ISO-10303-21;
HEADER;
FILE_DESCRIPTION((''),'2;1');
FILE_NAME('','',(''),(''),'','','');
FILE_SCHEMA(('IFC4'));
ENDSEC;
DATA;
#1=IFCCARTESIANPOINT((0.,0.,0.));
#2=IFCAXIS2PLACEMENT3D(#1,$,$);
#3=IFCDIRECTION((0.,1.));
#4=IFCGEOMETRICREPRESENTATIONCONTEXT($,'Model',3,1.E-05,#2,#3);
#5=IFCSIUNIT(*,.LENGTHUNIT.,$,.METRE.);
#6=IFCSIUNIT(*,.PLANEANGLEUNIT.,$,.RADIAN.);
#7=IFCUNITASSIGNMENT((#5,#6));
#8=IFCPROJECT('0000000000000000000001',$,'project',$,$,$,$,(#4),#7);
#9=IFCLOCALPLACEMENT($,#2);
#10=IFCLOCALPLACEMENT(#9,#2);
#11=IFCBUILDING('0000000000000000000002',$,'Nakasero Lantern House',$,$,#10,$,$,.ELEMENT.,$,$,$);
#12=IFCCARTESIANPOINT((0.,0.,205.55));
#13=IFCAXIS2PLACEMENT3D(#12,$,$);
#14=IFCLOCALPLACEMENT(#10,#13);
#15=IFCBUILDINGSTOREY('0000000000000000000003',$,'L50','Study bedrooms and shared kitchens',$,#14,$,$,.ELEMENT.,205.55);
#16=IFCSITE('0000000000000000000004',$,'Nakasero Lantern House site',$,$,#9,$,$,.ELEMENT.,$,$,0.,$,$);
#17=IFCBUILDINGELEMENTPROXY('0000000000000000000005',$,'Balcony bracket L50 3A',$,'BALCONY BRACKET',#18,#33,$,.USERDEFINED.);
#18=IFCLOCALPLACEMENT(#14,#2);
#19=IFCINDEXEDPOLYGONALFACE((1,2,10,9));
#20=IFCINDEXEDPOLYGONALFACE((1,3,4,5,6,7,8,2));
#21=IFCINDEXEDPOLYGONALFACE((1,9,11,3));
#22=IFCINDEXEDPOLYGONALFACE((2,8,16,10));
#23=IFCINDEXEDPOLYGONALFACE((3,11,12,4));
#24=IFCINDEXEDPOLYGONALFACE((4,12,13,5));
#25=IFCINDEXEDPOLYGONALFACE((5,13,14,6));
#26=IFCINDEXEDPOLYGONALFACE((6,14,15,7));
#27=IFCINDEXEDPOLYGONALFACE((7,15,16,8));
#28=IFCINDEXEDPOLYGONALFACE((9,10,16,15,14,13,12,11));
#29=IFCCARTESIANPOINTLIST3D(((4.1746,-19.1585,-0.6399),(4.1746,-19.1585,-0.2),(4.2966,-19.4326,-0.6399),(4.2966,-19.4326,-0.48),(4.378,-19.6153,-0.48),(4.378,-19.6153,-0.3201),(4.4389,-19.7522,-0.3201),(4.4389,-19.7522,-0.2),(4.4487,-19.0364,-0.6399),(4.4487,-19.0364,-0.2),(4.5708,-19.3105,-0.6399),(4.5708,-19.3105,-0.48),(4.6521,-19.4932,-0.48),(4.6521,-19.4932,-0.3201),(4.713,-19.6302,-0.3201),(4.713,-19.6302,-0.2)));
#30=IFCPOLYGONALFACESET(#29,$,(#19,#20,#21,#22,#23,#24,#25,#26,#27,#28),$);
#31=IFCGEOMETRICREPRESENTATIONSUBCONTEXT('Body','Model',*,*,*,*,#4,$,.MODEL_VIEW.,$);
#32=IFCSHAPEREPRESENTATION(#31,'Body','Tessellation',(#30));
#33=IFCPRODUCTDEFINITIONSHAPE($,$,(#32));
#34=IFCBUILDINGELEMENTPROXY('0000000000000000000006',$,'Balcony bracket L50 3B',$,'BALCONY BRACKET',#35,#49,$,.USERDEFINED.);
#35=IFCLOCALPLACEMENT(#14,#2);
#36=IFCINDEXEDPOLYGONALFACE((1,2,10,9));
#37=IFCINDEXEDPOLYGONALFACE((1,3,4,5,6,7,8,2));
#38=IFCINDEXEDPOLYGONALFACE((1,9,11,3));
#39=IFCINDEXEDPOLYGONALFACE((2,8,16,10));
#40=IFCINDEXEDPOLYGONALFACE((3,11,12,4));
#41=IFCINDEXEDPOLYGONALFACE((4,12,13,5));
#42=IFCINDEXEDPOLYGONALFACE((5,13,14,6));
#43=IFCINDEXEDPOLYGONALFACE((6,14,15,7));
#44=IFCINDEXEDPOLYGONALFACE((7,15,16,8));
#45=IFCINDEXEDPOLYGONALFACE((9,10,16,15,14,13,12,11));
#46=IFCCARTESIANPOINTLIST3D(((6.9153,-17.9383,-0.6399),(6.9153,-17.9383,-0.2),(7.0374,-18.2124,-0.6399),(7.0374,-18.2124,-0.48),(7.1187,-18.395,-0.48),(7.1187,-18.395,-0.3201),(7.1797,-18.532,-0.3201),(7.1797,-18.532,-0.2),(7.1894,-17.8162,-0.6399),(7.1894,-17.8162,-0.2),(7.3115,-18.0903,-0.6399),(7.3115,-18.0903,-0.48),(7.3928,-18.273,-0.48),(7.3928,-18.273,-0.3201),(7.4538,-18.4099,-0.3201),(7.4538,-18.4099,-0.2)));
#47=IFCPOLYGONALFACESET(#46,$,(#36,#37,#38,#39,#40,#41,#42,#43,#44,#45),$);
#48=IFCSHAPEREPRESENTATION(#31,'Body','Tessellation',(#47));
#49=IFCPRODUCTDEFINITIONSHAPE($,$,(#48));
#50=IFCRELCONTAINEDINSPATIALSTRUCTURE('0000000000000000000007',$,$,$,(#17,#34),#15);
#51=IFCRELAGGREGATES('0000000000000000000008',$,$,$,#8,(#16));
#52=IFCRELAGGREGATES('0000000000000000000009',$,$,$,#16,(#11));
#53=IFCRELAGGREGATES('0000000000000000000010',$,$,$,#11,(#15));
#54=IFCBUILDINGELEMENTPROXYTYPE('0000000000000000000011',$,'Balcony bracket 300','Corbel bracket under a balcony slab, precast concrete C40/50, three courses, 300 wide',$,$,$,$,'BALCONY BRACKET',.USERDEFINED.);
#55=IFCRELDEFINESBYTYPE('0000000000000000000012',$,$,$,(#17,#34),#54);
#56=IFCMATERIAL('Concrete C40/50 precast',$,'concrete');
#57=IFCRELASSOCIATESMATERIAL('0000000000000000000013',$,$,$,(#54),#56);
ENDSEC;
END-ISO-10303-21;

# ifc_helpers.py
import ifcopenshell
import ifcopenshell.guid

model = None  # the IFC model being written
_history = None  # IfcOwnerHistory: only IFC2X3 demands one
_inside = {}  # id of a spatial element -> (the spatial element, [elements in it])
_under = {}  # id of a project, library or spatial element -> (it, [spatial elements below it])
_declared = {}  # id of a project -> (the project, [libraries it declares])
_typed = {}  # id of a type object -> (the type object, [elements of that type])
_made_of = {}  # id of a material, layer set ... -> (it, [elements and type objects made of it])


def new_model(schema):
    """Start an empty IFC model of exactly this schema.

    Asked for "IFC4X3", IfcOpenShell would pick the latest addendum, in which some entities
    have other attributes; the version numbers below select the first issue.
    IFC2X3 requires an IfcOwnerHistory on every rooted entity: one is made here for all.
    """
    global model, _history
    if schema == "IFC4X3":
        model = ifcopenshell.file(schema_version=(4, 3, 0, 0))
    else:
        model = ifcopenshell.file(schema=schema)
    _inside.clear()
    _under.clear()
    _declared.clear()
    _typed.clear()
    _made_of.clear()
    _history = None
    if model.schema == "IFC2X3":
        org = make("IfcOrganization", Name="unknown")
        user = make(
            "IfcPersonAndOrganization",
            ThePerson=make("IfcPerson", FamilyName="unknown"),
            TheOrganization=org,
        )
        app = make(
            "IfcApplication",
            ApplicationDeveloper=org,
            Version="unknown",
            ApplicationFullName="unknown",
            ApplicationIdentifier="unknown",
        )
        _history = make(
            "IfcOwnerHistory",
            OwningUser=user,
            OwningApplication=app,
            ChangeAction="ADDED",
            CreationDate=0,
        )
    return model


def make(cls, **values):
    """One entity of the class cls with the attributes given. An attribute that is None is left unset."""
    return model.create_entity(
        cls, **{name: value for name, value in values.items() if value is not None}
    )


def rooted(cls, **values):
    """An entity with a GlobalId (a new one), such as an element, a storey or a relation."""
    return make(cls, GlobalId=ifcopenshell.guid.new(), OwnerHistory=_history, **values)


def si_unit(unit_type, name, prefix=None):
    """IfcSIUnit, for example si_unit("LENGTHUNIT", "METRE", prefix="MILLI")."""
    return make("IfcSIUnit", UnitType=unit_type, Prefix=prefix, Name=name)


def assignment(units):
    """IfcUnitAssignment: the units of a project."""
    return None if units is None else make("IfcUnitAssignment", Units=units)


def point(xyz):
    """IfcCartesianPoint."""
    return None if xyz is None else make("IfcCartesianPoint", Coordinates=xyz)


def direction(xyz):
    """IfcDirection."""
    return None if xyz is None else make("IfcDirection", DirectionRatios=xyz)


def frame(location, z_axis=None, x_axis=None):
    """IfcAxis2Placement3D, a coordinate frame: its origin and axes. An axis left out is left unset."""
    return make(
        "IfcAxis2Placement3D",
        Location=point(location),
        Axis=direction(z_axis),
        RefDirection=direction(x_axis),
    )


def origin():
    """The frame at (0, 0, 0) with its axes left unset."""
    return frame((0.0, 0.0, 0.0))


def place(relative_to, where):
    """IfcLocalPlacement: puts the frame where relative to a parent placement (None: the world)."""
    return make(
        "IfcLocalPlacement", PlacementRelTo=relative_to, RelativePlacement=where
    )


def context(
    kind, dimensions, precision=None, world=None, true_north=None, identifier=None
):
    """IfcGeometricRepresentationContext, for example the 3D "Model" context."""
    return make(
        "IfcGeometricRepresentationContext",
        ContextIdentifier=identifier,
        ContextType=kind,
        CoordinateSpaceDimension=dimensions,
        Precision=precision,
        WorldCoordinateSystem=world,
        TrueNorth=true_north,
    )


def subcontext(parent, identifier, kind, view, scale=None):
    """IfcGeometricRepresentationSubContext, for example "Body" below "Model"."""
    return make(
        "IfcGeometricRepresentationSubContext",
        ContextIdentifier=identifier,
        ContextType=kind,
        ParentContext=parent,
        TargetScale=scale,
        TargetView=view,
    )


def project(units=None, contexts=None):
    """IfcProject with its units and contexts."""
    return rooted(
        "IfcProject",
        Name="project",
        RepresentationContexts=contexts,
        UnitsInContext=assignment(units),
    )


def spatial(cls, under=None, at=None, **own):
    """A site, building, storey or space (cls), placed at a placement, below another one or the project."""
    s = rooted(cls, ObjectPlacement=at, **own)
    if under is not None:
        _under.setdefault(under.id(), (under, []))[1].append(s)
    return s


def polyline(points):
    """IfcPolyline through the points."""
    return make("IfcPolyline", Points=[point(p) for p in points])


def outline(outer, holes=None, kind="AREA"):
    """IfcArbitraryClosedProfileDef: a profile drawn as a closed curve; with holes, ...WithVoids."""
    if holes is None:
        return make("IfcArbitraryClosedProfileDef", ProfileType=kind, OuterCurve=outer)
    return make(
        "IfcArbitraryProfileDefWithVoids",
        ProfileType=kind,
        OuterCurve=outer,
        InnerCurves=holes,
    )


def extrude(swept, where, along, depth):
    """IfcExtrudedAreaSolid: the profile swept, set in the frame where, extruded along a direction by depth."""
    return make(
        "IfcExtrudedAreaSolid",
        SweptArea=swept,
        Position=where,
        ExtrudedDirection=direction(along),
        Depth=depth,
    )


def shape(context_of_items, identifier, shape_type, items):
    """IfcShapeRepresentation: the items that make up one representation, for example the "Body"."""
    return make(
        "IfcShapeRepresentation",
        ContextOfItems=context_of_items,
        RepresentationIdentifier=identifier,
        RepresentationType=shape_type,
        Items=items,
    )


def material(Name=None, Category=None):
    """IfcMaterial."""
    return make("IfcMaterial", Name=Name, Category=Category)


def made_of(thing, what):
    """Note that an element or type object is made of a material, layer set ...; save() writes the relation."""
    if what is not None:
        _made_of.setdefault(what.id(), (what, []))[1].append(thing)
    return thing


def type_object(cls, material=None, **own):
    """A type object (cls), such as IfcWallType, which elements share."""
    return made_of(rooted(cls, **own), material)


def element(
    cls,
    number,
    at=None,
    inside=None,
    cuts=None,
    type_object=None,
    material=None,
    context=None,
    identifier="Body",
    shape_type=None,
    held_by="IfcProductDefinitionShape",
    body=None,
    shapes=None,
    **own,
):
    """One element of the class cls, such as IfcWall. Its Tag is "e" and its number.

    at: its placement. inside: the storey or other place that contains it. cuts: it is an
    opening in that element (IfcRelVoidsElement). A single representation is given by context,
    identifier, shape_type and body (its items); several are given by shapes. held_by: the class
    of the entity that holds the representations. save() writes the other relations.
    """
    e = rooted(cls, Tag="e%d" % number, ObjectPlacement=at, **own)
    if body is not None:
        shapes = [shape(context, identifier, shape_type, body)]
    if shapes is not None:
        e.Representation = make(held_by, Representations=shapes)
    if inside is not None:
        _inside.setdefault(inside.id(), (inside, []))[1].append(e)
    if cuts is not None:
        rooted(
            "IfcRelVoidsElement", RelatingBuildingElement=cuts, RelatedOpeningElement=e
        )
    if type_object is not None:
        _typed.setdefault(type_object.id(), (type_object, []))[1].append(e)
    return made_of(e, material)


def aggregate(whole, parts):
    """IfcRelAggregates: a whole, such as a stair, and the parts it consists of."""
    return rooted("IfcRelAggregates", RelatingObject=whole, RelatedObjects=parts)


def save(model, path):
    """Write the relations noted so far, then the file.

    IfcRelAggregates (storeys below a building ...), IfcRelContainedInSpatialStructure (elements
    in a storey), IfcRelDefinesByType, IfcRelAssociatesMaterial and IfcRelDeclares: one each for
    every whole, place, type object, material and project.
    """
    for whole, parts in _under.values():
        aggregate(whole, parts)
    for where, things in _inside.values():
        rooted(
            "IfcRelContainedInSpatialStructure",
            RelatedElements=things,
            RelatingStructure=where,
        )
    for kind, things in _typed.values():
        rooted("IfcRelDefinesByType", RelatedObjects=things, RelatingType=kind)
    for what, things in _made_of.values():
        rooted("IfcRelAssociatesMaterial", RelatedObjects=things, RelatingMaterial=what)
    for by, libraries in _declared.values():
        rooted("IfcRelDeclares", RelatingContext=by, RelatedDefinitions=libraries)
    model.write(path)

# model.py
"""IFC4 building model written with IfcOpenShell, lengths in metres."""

from ifc_helpers import new_model, si_unit, direction, frame, origin, place, context, subcontext, project, spatial, polyline, outline, extrude, material, type_object, element, save


model = new_model("IFC4")

# Units and contexts
model_context = context("Model", 3, precision=1e-05, world=origin(), true_north=direction((0.0, 1.0)))
body_context = subcontext(model_context, "Body", "Model", "MODEL_VIEW")
ifc_project = project(units=[si_unit("LENGTHUNIT", "METRE"), si_unit("PLANEANGLEUNIT", "RADIAN")], contexts=[model_context])

# Site, building, storey
site_placement = place(None, origin())
site = spatial("IfcSite", under=ifc_project, at=site_placement, Name="Nakasero Lantern House site", CompositionType="ELEMENT", RefElevation=0.0)
building_placement = place(site_placement, origin())
building = spatial("IfcBuilding", under=site, at=building_placement, Name="Nakasero Lantern House", CompositionType="ELEMENT")
storey_placement = place(building_placement, frame((0.0, 0.0, 205.55)))
storey = spatial("IfcBuildingStorey", under=building, at=storey_placement, Name="L50", Description="Study bedrooms and shared kitchens", CompositionType="ELEMENT", Elevation=205.55)

# Building element proxies
ifc_material_1 = material(Name="Concrete C40/50 precast", Category="concrete")
building_element_proxy_type = type_object("IfcBuildingElementProxyType", Name="Balcony bracket 300", Description="Corbel bracket under a balcony slab, precast concrete C40/50, three courses, 300 wide", ElementType="BALCONY BRACKET", PredefinedType="USERDEFINED", material=ifc_material_1)
for number, where, z_axis, x_axis, name in (
    (1, (4.3118, -19.0974, -0.2), (0.0, 0.0, 1.0), (0.406737, -0.913545, 0.0), "Balcony bracket L50 3A"),
    (2, (7.0525, -17.8772, -0.2), (0.0, 0.0, 1.0), (0.406737, -0.913545, 0.0), "Balcony bracket L50 3B"),
):
    element("IfcBuildingElementProxy", number, at=place(storey_placement, frame(where, z_axis=z_axis, x_axis=x_axis)), inside=storey, type_object=building_element_proxy_type, Name=name, ObjectType="BALCONY BRACKET", PredefinedType="USERDEFINED", context=body_context, shape_type="SweptSolid", body=[
        extrude(outline(polyline([(0.0, 0.0), (0.6499, 0.0), (0.6499, -0.1201), (0.5, -0.1201), (0.5, -0.28), (0.3, -0.28), (0.3, -0.4399), (0.0, -0.4399), (0.0, 0.0)])), frame((0.0, 0.1499, 0.0), z_axis=(0.0, -1.0, 0.0), x_axis=(1.0, 0.0, 0.0)), (0.0, 0.0, 1.0), 0.3),
    ])

save(model, "model.ifc")
